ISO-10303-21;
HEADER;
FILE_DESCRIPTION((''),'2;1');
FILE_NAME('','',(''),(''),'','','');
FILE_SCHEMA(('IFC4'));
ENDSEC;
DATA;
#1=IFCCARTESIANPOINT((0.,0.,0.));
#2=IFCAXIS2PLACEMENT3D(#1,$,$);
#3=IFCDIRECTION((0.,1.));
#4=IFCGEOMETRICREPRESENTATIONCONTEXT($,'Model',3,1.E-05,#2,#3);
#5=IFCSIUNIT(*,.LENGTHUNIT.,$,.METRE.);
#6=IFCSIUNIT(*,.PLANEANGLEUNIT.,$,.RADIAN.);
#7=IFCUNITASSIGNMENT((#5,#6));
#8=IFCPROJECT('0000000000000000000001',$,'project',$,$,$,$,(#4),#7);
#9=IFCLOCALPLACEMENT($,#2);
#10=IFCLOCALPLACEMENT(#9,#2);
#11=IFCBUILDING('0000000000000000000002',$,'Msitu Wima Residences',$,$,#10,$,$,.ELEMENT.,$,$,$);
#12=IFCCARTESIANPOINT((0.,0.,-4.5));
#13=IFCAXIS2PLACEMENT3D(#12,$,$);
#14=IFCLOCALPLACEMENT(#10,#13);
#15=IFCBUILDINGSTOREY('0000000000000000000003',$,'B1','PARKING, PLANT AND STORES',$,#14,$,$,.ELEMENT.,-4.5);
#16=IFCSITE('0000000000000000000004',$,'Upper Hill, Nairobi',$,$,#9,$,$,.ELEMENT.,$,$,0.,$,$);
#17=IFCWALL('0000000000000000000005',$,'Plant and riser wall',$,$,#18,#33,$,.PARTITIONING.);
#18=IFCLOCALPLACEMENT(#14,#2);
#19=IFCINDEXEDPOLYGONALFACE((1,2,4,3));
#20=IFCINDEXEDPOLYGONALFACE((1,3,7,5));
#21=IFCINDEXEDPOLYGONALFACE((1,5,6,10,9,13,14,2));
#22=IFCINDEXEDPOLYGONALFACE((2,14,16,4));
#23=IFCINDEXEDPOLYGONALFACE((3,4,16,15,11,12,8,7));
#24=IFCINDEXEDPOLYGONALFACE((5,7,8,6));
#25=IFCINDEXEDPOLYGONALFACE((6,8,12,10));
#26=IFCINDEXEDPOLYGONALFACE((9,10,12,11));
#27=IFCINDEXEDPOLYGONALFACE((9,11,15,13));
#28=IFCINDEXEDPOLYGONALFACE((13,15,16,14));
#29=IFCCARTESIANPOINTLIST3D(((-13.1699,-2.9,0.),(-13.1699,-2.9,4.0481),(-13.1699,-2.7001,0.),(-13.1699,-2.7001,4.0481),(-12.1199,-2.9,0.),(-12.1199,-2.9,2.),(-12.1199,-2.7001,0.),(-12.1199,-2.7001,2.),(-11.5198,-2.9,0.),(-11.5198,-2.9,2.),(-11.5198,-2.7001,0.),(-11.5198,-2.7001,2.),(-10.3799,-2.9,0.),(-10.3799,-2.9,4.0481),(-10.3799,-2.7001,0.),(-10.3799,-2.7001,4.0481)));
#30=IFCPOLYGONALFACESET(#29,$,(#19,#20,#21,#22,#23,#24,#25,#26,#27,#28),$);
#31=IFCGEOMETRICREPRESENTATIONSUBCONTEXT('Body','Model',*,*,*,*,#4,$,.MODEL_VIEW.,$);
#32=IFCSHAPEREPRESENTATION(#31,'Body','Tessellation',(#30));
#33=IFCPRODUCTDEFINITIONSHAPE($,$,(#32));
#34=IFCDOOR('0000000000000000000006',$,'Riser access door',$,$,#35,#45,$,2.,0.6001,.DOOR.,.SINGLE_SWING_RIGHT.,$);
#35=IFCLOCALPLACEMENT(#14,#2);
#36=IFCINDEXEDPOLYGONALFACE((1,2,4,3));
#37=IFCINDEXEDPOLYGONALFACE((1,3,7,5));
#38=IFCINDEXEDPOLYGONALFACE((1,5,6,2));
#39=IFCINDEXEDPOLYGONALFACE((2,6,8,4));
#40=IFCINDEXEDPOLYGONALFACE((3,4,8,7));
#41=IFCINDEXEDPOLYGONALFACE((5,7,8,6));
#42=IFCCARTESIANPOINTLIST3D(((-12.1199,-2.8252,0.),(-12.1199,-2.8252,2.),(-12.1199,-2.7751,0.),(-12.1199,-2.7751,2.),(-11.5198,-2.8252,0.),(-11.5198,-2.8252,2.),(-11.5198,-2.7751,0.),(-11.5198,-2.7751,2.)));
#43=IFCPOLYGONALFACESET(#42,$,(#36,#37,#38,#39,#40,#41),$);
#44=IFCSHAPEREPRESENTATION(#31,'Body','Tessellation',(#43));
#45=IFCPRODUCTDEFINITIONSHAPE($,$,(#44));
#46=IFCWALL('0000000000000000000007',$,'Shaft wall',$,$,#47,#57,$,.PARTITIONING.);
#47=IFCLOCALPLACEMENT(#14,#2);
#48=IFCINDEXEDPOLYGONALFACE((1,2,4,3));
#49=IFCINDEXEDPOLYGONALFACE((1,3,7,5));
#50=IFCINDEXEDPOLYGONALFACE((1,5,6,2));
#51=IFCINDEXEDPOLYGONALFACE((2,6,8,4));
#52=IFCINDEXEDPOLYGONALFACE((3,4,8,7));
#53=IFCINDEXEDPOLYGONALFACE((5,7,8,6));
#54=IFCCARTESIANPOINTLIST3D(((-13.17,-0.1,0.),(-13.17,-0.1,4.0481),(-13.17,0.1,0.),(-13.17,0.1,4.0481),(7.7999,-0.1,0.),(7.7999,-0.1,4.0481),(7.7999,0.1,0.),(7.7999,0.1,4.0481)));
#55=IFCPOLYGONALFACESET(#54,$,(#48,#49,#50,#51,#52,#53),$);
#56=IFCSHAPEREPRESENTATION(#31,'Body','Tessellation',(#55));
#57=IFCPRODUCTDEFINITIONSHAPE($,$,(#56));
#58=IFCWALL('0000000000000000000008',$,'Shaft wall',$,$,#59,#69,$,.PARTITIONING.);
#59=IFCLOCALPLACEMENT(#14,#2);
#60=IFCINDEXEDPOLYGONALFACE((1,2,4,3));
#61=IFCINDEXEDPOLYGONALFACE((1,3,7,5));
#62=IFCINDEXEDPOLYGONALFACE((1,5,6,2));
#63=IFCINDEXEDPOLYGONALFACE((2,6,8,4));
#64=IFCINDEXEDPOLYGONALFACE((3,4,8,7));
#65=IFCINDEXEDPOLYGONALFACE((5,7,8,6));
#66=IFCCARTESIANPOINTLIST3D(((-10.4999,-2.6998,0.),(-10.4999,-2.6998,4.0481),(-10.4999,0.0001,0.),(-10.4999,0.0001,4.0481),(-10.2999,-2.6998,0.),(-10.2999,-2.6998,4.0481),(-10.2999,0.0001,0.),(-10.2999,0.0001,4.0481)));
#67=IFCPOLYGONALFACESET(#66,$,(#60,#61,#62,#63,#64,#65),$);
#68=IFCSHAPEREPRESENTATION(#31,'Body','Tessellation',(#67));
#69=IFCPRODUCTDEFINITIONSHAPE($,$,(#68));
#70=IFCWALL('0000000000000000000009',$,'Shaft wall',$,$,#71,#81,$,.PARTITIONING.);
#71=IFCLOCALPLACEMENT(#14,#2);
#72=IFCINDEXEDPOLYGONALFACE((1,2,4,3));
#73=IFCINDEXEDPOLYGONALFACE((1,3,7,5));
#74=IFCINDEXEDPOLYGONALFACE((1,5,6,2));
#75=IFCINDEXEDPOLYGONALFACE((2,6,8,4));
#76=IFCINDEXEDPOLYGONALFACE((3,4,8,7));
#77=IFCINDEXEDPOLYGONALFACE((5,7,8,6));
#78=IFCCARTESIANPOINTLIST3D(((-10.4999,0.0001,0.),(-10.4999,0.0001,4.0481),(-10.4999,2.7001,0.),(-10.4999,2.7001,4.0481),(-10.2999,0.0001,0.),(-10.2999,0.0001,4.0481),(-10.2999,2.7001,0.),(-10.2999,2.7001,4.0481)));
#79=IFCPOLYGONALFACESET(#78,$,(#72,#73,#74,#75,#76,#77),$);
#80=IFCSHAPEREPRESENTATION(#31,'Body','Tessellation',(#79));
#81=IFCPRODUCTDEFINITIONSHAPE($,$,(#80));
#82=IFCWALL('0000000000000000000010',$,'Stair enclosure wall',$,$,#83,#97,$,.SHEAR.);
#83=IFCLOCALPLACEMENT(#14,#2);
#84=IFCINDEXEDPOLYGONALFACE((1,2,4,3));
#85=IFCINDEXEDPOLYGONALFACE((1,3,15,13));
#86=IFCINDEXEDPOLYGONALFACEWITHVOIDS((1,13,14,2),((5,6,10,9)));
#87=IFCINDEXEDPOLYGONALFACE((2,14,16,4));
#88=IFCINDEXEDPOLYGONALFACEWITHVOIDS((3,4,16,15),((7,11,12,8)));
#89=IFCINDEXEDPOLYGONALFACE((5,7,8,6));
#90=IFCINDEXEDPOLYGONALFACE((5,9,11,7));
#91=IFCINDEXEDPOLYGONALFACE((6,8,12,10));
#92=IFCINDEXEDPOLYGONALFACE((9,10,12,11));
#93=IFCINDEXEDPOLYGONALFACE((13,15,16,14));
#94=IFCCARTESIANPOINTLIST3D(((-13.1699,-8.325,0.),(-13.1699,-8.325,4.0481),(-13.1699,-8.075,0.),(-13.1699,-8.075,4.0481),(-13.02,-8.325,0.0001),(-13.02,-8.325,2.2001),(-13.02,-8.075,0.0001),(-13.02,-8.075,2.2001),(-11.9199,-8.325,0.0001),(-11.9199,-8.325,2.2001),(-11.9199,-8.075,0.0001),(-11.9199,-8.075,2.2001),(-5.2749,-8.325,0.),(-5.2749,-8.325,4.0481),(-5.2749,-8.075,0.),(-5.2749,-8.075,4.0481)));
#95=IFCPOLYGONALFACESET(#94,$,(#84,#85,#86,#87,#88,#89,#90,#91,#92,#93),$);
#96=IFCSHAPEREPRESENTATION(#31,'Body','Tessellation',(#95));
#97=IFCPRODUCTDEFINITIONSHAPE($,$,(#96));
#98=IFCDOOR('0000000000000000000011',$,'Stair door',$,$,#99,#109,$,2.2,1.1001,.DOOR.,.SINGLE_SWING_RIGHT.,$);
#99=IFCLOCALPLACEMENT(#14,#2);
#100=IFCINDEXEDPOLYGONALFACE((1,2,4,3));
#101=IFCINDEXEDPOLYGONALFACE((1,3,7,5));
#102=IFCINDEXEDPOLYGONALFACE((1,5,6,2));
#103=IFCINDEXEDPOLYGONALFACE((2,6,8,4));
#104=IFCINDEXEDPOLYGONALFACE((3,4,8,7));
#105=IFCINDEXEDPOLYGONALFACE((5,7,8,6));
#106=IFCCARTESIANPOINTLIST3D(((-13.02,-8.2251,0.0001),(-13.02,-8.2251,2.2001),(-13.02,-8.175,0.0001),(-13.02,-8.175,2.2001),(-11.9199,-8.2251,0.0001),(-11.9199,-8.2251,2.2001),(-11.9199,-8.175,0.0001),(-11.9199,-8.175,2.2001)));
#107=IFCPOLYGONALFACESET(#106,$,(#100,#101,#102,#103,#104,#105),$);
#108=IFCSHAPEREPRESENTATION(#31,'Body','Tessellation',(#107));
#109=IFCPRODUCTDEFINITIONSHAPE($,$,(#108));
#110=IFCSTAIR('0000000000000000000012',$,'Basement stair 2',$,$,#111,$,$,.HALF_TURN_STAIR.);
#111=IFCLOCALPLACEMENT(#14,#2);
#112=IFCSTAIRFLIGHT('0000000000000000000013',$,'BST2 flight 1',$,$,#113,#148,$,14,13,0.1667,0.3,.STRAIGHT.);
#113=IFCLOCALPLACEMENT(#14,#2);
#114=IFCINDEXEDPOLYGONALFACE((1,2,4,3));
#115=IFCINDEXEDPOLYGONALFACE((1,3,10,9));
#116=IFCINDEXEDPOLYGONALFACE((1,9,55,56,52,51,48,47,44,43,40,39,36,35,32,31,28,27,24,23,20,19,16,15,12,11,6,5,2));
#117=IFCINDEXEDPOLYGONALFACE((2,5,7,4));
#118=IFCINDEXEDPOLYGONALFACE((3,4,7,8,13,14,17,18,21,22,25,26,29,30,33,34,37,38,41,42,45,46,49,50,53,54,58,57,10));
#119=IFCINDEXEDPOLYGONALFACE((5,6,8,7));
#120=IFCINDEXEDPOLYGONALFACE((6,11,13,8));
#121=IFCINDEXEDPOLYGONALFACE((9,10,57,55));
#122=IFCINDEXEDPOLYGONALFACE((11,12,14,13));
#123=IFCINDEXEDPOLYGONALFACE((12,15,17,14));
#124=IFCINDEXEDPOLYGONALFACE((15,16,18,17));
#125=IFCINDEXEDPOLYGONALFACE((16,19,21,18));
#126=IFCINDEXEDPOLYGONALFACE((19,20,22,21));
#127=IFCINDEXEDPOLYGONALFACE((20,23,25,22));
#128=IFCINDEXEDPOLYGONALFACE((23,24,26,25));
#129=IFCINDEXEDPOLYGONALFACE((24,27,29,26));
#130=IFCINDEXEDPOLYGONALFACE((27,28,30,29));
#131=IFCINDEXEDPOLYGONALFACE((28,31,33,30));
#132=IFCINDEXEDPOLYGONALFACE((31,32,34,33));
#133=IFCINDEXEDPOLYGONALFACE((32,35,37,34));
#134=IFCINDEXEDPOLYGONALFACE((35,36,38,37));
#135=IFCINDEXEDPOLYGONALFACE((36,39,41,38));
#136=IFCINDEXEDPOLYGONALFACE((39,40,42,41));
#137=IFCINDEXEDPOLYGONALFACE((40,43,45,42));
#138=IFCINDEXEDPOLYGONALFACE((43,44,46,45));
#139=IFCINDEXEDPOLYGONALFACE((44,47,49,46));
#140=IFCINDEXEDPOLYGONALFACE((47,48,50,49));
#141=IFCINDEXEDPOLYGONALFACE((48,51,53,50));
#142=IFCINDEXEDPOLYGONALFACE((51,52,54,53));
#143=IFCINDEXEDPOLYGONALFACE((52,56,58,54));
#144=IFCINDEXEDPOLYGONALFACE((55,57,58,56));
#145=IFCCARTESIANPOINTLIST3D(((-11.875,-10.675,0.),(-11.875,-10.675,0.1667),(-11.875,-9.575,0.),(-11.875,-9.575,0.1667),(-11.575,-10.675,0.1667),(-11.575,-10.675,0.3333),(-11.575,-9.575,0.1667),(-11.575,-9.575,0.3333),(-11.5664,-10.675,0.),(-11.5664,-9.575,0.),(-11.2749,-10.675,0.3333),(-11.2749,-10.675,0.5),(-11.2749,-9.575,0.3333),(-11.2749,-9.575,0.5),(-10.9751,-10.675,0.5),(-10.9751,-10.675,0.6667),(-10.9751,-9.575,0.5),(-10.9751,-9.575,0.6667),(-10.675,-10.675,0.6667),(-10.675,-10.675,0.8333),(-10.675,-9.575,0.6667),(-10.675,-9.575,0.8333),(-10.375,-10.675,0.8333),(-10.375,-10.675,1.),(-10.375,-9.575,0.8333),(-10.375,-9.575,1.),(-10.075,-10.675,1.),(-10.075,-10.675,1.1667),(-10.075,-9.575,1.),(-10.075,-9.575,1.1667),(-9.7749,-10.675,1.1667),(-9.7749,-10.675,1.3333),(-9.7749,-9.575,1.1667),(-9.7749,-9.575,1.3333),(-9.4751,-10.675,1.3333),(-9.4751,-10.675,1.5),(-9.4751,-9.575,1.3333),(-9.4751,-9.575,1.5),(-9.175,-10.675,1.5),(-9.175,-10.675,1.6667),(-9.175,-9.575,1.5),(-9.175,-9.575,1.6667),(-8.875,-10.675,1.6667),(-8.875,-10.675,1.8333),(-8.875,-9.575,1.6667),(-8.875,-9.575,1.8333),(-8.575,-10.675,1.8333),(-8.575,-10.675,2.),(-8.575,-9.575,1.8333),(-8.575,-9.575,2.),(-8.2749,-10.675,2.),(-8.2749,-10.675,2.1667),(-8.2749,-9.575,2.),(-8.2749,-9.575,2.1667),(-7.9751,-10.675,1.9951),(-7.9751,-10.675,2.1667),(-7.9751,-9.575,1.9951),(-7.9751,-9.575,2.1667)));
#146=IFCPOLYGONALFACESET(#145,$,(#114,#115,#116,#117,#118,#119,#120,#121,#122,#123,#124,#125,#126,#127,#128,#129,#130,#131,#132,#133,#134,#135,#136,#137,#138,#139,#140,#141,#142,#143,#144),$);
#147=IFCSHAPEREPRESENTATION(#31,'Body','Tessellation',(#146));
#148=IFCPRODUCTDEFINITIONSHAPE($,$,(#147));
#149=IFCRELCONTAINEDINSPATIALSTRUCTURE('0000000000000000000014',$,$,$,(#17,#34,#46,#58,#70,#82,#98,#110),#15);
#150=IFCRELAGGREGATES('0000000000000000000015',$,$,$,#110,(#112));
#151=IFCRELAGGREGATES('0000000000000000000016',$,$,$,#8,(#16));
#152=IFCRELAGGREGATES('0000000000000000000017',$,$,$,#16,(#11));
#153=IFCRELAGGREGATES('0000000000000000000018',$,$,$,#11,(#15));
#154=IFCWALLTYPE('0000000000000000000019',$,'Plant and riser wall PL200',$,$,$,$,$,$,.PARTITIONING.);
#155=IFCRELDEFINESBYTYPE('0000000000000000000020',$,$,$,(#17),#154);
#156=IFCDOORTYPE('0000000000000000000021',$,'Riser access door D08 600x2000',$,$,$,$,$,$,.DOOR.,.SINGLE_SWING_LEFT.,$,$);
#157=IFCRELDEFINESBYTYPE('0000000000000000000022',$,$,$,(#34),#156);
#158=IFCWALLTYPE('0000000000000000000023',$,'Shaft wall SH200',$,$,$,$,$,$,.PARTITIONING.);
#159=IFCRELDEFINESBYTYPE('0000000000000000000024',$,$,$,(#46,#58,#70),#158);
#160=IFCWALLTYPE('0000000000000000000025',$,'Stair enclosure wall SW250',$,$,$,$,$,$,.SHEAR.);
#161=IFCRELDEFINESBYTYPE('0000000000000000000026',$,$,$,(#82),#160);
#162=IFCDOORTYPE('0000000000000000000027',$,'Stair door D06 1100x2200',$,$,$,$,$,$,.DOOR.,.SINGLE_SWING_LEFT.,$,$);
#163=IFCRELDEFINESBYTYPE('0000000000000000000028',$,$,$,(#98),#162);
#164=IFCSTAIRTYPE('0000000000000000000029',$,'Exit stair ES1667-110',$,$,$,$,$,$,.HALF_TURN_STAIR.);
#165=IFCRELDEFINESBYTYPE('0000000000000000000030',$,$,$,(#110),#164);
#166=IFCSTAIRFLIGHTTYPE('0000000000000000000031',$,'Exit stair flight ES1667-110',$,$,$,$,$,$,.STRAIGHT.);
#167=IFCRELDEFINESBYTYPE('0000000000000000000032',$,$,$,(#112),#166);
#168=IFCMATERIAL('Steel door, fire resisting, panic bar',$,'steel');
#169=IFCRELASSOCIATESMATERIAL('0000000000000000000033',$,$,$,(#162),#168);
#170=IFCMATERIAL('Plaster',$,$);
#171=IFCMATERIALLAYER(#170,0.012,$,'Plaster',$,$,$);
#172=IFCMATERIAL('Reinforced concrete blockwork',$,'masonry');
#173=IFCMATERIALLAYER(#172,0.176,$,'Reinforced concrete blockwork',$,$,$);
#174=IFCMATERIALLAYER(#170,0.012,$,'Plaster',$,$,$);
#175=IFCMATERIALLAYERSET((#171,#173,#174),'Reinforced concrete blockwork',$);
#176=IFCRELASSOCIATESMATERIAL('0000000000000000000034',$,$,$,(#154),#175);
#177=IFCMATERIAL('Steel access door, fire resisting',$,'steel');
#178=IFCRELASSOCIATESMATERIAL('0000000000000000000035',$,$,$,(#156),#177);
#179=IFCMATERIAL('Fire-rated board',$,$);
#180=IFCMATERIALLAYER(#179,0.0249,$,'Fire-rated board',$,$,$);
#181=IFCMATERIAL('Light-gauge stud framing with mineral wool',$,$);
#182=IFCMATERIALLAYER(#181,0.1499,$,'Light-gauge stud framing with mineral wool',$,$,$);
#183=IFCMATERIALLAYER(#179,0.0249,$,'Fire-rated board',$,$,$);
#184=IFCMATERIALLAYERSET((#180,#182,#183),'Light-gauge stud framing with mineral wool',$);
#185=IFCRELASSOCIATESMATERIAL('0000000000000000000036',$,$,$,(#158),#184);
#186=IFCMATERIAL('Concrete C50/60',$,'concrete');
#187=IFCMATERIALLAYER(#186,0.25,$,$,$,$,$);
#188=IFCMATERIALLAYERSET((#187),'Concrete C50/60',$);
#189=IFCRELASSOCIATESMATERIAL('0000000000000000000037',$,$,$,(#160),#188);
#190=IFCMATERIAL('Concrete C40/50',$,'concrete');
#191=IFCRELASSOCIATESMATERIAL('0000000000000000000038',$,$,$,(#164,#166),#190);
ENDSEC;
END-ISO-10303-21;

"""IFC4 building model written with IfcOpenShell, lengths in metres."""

from ifc_helpers import new_model, si_unit, direction, frame, frame_2d, origin, place, context, subcontext, project, spatial, polyline, rectangle, outline, extrude, material, layer, layer_set, type_object, element, fill, aggregate, save


model = new_model("IFC4")

# Units and contexts
model_context = context("Model", 3, precision=1e-05, world=origin(), true_north=direction((0.0, 1.0)))
body_context = subcontext(model_context, "Body", "Model", "MODEL_VIEW")
ifc_project = project(units=[si_unit("LENGTHUNIT", "METRE"), si_unit("PLANEANGLEUNIT", "RADIAN")], contexts=[model_context])

# Site, building, storey
site_placement = place(None, origin())
site = spatial("IfcSite", under=ifc_project, at=site_placement, Name="Upper Hill, Nairobi", CompositionType="ELEMENT", RefElevation=0.0)
building_placement = place(site_placement, origin())
building = spatial("IfcBuilding", under=site, at=building_placement, Name="Msitu Wima Residences", CompositionType="ELEMENT")
storey_placement = place(building_placement, frame((0.0, 0.0, -4.5)))
storey = spatial("IfcBuildingStorey", under=building, at=storey_placement, Name="B1", Description="PARKING, PLANT AND STORES", CompositionType="ELEMENT", Elevation=-4.5)

# Shared definitions
ifc_material_1 = material(Name="Steel door, fire resisting, panic bar", Category="steel")
door_type_1 = type_object("IfcDoorType", Name="Stair door D06 1100x2200", OperationType="SINGLE_SWING_LEFT", PredefinedType="DOOR", material=ifc_material_1)
ifc_material_2 = material(Name="Plaster")

# Wall, opening, door
ifc_layer_1 = layer(ifc_material_2, 0.012, Name="Plaster")
ifc_material_3 = material(Name="Reinforced concrete blockwork", Category="masonry")
ifc_layer_2 = layer(ifc_material_3, 0.176, Name="Reinforced concrete blockwork")
ifc_layer_3 = layer(ifc_material_2, 0.012, Name="Plaster")
ifc_layer_set_1 = layer_set([ifc_layer_1, ifc_layer_2, ifc_layer_3], Name="Reinforced concrete blockwork")
wall_type_1 = type_object("IfcWallType", Name="Plant and riser wall PL200", PredefinedType="PARTITIONING", material=ifc_layer_set_1)
wall_1_placement = place(storey_placement, frame((-13.1699, -2.8, 0.0), z_axis=(0.0, 0.0, 1.0), x_axis=(1.0, 0.0, 0.0)))
wall_1 = element("IfcWall", 1, at=wall_1_placement, inside=storey, type_object=wall_type_1, Name="Plant and riser wall", PredefinedType="PARTITIONING", context=body_context, shape_type="SweptSolid", body=[
    extrude(rectangle(XDim=2.79, YDim=0.2, at=frame_2d((1.395, 0.0))), origin(), (0.0, 0.0, 1.0), 4.0481),
])
opening_1_placement = place(wall_1_placement, frame((1.05, 0.0, 0.0)))
opening_1 = element("IfcOpeningElement", 2, at=opening_1_placement, cuts=wall_1, PredefinedType="OPENING", context=body_context, shape_type="SweptSolid", body=[
    extrude(rectangle(XDim=0.6001, YDim=2.0, at=frame_2d((0.3, 1.0))), frame((0.0, 0.1099, 0.0), z_axis=(0.0, -1.0, 0.0), x_axis=(1.0, 0.0, 0.0)), (0.0, 0.0, 1.0), 0.22),
])
ifc_material_4 = material(Name="Steel access door, fire resisting", Category="steel")
door_type_2 = type_object("IfcDoorType", Name="Riser access door D08 600x2000", OperationType="SINGLE_SWING_LEFT", PredefinedType="DOOR", material=ifc_material_4)
door_1_placement = place(opening_1_placement, origin())
door_1 = element("IfcDoor", 3, at=door_1_placement, inside=storey, type_object=door_type_2, Name="Riser access door", OperationType="SINGLE_SWING_RIGHT", OverallHeight=2.0, OverallWidth=0.6001, PredefinedType="DOOR", context=body_context, shape_type="SweptSolid", body=[
    extrude(rectangle(XDim=0.6001, YDim=2.0, at=frame_2d((0.3, 1.0))), frame((0.0, 0.0249, 0.0), z_axis=(0.0, -1.0, 0.0), x_axis=(1.0, 0.0, 0.0)), (0.0, 0.0, 1.0), 0.05),
])
fill(opening_1, door_1)

# Walls
ifc_material_5 = material(Name="Fire-rated board")
ifc_layer_4 = layer(ifc_material_5, 0.0249, Name="Fire-rated board")
ifc_material_6 = material(Name="Light-gauge stud framing with mineral wool")
ifc_layer_5 = layer(ifc_material_6, 0.1499, Name="Light-gauge stud framing with mineral wool")
ifc_layer_6 = layer(ifc_material_5, 0.0249, Name="Fire-rated board")
ifc_layer_set_2 = layer_set([ifc_layer_4, ifc_layer_5, ifc_layer_6], Name="Light-gauge stud framing with mineral wool")
wall_type_2 = type_object("IfcWallType", Name="Shaft wall SH200", PredefinedType="PARTITIONING", material=ifc_layer_set_2)
wall_2_placement = place(storey_placement, frame((-13.1699, 0.0, 0.0), z_axis=(0.0, 0.0, 1.0), x_axis=(1.0, 0.0, 0.0)))
element("IfcWall", 4, at=wall_2_placement, inside=storey, type_object=wall_type_2, Name="Shaft wall", PredefinedType="PARTITIONING", context=body_context, shape_type="SweptSolid", body=[
    extrude(rectangle(XDim=20.97, YDim=0.2, at=frame_2d((10.4849, 0.0))), origin(), (0.0, 0.0, 1.0), 4.0481),
])
for number, where, z_axis, x_axis, name in (
    (5, (-10.3999, -2.7, 0.0), (0.0, 0.0, 1.0), (0.0, 1.0, 0.0), "Shaft wall"),
    (6, (-10.3999, 0.0, 0.0), (0.0, 0.0, 1.0), (0.0, 1.0, 0.0), "Shaft wall"),
):
    element("IfcWall", number, at=place(storey_placement, frame(where, z_axis=z_axis, x_axis=x_axis)), inside=storey, type_object=wall_type_2, Name=name, PredefinedType="PARTITIONING", context=body_context, shape_type="SweptSolid", body=[
        extrude(rectangle(XDim=2.7, YDim=0.2, at=frame_2d((1.3501, 0.0))), origin(), (0.0, 0.0, 1.0), 4.0481),
    ])

# Wall, opening, door
ifc_material_7 = material(Name="Concrete C50/60", Category="concrete")
ifc_layer_7 = layer(ifc_material_7, 0.25)
ifc_layer_set_3 = layer_set([ifc_layer_7], Name="Concrete C50/60")
wall_type_3 = type_object("IfcWallType", Name="Stair enclosure wall SW250", PredefinedType="SHEAR", material=ifc_layer_set_3)
wall_3_placement = place(storey_placement, frame((-13.1699, -8.2, 0.0), z_axis=(0.0, 0.0, 1.0), x_axis=(1.0, 0.0, 0.0)))
wall_3 = element("IfcWall", 7, at=wall_3_placement, inside=storey, type_object=wall_type_3, Name="Stair enclosure wall", PredefinedType="SHEAR", context=body_context, shape_type="SweptSolid", body=[
    extrude(rectangle(XDim=7.895, YDim=0.25, at=frame_2d((3.9475, 0.0))), origin(), (0.0, 0.0, 1.0), 4.0481),
])
opening_2_placement = place(wall_3_placement, frame((0.1499, 0.0, 0.0)))
opening_2 = element("IfcOpeningElement", 8, at=opening_2_placement, cuts=wall_3, PredefinedType="OPENING", context=body_context, shape_type="SweptSolid", body=[
    extrude(rectangle(XDim=1.1001, YDim=2.2, at=frame_2d((0.55, 1.1001))), frame((0.0, 0.135, 0.0), z_axis=(0.0, -1.0, 0.0), x_axis=(1.0, 0.0, 0.0)), (0.0, 0.0, 1.0), 0.27),
])
door_2_placement = place(opening_2_placement, origin())
door_2 = element("IfcDoor", 9, at=door_2_placement, inside=storey, type_object=door_type_1, Name="Stair door", OperationType="SINGLE_SWING_RIGHT", OverallHeight=2.2, OverallWidth=1.1001, PredefinedType="DOOR", context=body_context, shape_type="SweptSolid", body=[
    extrude(rectangle(XDim=1.1001, YDim=2.2, at=frame_2d((0.55, 1.1001))), frame((0.0, 0.0249, 0.0), z_axis=(0.0, -1.0, 0.0), x_axis=(1.0, 0.0, 0.0)), (0.0, 0.0, 1.0), 0.05),
])
fill(opening_2, door_2)

# Stair, stair flight
ifc_material_8 = material(Name="Concrete C40/50", Category="concrete")
stair_type = type_object("IfcStairType", Name="Exit stair ES1667-110", PredefinedType="HALF_TURN_STAIR", material=ifc_material_8)
stair_placement = place(storey_placement, origin())
stair = element("IfcStair", 10, at=stair_placement, inside=storey, type_object=stair_type, Name="Basement stair 2", PredefinedType="HALF_TURN_STAIR")
stair_flight_type = type_object("IfcStairFlightType", Name="Exit stair flight ES1667-110", PredefinedType="STRAIGHT", material=ifc_material_8)
stair_flight_placement = place(storey_placement, frame((-11.875, -10.125, 0.0), z_axis=(0.0, 0.0, 1.0), x_axis=(1.0, 0.0, 0.0)))
stair_flight = element("IfcStairFlight", 11, at=stair_flight_placement, type_object=stair_flight_type, Name="BST2 flight 1", NumberOfRisers=14, NumberOfTreads=13, PredefinedType="STRAIGHT", RiserHeight=0.1667, TreadLength=0.3, context=body_context, shape_type="SweptSolid", body=[
    extrude(outline(polyline([(0.0, 0.0), (0.0, 0.1667), (0.3, 0.1667), (0.3, 0.3333), (0.6001, 0.3333), (0.6001, 0.5), (0.8999, 0.5), (0.8999, 0.6667), (1.2, 0.6667), (1.2, 0.8333), (1.5, 0.8333), (1.5, 1.0), (1.8, 1.0), (1.8, 1.1667), (2.1001, 1.1667), (2.1001, 1.3333), (2.3999, 1.3333), (2.3999, 1.5), (2.7, 1.5), (2.7, 1.6667), (3.0, 1.6667), (3.0, 1.8333), (3.3, 1.8333), (3.3, 2.0), (3.6001, 2.0), (3.6001, 2.1667), (3.8999, 2.1667), (3.8999, 2.3333), (3.8999, 1.9951), (0.3086, 0.0), (0.0, 0.0)])), frame((0.0, 0.55, 0.0), z_axis=(0.0, -1.0, 0.0), x_axis=(1.0, 0.0, 0.0)), (0.0, 0.0, 1.0), 1.1001),
])
aggregate(stair, [stair_flight])

save(model, "model.ifc")
